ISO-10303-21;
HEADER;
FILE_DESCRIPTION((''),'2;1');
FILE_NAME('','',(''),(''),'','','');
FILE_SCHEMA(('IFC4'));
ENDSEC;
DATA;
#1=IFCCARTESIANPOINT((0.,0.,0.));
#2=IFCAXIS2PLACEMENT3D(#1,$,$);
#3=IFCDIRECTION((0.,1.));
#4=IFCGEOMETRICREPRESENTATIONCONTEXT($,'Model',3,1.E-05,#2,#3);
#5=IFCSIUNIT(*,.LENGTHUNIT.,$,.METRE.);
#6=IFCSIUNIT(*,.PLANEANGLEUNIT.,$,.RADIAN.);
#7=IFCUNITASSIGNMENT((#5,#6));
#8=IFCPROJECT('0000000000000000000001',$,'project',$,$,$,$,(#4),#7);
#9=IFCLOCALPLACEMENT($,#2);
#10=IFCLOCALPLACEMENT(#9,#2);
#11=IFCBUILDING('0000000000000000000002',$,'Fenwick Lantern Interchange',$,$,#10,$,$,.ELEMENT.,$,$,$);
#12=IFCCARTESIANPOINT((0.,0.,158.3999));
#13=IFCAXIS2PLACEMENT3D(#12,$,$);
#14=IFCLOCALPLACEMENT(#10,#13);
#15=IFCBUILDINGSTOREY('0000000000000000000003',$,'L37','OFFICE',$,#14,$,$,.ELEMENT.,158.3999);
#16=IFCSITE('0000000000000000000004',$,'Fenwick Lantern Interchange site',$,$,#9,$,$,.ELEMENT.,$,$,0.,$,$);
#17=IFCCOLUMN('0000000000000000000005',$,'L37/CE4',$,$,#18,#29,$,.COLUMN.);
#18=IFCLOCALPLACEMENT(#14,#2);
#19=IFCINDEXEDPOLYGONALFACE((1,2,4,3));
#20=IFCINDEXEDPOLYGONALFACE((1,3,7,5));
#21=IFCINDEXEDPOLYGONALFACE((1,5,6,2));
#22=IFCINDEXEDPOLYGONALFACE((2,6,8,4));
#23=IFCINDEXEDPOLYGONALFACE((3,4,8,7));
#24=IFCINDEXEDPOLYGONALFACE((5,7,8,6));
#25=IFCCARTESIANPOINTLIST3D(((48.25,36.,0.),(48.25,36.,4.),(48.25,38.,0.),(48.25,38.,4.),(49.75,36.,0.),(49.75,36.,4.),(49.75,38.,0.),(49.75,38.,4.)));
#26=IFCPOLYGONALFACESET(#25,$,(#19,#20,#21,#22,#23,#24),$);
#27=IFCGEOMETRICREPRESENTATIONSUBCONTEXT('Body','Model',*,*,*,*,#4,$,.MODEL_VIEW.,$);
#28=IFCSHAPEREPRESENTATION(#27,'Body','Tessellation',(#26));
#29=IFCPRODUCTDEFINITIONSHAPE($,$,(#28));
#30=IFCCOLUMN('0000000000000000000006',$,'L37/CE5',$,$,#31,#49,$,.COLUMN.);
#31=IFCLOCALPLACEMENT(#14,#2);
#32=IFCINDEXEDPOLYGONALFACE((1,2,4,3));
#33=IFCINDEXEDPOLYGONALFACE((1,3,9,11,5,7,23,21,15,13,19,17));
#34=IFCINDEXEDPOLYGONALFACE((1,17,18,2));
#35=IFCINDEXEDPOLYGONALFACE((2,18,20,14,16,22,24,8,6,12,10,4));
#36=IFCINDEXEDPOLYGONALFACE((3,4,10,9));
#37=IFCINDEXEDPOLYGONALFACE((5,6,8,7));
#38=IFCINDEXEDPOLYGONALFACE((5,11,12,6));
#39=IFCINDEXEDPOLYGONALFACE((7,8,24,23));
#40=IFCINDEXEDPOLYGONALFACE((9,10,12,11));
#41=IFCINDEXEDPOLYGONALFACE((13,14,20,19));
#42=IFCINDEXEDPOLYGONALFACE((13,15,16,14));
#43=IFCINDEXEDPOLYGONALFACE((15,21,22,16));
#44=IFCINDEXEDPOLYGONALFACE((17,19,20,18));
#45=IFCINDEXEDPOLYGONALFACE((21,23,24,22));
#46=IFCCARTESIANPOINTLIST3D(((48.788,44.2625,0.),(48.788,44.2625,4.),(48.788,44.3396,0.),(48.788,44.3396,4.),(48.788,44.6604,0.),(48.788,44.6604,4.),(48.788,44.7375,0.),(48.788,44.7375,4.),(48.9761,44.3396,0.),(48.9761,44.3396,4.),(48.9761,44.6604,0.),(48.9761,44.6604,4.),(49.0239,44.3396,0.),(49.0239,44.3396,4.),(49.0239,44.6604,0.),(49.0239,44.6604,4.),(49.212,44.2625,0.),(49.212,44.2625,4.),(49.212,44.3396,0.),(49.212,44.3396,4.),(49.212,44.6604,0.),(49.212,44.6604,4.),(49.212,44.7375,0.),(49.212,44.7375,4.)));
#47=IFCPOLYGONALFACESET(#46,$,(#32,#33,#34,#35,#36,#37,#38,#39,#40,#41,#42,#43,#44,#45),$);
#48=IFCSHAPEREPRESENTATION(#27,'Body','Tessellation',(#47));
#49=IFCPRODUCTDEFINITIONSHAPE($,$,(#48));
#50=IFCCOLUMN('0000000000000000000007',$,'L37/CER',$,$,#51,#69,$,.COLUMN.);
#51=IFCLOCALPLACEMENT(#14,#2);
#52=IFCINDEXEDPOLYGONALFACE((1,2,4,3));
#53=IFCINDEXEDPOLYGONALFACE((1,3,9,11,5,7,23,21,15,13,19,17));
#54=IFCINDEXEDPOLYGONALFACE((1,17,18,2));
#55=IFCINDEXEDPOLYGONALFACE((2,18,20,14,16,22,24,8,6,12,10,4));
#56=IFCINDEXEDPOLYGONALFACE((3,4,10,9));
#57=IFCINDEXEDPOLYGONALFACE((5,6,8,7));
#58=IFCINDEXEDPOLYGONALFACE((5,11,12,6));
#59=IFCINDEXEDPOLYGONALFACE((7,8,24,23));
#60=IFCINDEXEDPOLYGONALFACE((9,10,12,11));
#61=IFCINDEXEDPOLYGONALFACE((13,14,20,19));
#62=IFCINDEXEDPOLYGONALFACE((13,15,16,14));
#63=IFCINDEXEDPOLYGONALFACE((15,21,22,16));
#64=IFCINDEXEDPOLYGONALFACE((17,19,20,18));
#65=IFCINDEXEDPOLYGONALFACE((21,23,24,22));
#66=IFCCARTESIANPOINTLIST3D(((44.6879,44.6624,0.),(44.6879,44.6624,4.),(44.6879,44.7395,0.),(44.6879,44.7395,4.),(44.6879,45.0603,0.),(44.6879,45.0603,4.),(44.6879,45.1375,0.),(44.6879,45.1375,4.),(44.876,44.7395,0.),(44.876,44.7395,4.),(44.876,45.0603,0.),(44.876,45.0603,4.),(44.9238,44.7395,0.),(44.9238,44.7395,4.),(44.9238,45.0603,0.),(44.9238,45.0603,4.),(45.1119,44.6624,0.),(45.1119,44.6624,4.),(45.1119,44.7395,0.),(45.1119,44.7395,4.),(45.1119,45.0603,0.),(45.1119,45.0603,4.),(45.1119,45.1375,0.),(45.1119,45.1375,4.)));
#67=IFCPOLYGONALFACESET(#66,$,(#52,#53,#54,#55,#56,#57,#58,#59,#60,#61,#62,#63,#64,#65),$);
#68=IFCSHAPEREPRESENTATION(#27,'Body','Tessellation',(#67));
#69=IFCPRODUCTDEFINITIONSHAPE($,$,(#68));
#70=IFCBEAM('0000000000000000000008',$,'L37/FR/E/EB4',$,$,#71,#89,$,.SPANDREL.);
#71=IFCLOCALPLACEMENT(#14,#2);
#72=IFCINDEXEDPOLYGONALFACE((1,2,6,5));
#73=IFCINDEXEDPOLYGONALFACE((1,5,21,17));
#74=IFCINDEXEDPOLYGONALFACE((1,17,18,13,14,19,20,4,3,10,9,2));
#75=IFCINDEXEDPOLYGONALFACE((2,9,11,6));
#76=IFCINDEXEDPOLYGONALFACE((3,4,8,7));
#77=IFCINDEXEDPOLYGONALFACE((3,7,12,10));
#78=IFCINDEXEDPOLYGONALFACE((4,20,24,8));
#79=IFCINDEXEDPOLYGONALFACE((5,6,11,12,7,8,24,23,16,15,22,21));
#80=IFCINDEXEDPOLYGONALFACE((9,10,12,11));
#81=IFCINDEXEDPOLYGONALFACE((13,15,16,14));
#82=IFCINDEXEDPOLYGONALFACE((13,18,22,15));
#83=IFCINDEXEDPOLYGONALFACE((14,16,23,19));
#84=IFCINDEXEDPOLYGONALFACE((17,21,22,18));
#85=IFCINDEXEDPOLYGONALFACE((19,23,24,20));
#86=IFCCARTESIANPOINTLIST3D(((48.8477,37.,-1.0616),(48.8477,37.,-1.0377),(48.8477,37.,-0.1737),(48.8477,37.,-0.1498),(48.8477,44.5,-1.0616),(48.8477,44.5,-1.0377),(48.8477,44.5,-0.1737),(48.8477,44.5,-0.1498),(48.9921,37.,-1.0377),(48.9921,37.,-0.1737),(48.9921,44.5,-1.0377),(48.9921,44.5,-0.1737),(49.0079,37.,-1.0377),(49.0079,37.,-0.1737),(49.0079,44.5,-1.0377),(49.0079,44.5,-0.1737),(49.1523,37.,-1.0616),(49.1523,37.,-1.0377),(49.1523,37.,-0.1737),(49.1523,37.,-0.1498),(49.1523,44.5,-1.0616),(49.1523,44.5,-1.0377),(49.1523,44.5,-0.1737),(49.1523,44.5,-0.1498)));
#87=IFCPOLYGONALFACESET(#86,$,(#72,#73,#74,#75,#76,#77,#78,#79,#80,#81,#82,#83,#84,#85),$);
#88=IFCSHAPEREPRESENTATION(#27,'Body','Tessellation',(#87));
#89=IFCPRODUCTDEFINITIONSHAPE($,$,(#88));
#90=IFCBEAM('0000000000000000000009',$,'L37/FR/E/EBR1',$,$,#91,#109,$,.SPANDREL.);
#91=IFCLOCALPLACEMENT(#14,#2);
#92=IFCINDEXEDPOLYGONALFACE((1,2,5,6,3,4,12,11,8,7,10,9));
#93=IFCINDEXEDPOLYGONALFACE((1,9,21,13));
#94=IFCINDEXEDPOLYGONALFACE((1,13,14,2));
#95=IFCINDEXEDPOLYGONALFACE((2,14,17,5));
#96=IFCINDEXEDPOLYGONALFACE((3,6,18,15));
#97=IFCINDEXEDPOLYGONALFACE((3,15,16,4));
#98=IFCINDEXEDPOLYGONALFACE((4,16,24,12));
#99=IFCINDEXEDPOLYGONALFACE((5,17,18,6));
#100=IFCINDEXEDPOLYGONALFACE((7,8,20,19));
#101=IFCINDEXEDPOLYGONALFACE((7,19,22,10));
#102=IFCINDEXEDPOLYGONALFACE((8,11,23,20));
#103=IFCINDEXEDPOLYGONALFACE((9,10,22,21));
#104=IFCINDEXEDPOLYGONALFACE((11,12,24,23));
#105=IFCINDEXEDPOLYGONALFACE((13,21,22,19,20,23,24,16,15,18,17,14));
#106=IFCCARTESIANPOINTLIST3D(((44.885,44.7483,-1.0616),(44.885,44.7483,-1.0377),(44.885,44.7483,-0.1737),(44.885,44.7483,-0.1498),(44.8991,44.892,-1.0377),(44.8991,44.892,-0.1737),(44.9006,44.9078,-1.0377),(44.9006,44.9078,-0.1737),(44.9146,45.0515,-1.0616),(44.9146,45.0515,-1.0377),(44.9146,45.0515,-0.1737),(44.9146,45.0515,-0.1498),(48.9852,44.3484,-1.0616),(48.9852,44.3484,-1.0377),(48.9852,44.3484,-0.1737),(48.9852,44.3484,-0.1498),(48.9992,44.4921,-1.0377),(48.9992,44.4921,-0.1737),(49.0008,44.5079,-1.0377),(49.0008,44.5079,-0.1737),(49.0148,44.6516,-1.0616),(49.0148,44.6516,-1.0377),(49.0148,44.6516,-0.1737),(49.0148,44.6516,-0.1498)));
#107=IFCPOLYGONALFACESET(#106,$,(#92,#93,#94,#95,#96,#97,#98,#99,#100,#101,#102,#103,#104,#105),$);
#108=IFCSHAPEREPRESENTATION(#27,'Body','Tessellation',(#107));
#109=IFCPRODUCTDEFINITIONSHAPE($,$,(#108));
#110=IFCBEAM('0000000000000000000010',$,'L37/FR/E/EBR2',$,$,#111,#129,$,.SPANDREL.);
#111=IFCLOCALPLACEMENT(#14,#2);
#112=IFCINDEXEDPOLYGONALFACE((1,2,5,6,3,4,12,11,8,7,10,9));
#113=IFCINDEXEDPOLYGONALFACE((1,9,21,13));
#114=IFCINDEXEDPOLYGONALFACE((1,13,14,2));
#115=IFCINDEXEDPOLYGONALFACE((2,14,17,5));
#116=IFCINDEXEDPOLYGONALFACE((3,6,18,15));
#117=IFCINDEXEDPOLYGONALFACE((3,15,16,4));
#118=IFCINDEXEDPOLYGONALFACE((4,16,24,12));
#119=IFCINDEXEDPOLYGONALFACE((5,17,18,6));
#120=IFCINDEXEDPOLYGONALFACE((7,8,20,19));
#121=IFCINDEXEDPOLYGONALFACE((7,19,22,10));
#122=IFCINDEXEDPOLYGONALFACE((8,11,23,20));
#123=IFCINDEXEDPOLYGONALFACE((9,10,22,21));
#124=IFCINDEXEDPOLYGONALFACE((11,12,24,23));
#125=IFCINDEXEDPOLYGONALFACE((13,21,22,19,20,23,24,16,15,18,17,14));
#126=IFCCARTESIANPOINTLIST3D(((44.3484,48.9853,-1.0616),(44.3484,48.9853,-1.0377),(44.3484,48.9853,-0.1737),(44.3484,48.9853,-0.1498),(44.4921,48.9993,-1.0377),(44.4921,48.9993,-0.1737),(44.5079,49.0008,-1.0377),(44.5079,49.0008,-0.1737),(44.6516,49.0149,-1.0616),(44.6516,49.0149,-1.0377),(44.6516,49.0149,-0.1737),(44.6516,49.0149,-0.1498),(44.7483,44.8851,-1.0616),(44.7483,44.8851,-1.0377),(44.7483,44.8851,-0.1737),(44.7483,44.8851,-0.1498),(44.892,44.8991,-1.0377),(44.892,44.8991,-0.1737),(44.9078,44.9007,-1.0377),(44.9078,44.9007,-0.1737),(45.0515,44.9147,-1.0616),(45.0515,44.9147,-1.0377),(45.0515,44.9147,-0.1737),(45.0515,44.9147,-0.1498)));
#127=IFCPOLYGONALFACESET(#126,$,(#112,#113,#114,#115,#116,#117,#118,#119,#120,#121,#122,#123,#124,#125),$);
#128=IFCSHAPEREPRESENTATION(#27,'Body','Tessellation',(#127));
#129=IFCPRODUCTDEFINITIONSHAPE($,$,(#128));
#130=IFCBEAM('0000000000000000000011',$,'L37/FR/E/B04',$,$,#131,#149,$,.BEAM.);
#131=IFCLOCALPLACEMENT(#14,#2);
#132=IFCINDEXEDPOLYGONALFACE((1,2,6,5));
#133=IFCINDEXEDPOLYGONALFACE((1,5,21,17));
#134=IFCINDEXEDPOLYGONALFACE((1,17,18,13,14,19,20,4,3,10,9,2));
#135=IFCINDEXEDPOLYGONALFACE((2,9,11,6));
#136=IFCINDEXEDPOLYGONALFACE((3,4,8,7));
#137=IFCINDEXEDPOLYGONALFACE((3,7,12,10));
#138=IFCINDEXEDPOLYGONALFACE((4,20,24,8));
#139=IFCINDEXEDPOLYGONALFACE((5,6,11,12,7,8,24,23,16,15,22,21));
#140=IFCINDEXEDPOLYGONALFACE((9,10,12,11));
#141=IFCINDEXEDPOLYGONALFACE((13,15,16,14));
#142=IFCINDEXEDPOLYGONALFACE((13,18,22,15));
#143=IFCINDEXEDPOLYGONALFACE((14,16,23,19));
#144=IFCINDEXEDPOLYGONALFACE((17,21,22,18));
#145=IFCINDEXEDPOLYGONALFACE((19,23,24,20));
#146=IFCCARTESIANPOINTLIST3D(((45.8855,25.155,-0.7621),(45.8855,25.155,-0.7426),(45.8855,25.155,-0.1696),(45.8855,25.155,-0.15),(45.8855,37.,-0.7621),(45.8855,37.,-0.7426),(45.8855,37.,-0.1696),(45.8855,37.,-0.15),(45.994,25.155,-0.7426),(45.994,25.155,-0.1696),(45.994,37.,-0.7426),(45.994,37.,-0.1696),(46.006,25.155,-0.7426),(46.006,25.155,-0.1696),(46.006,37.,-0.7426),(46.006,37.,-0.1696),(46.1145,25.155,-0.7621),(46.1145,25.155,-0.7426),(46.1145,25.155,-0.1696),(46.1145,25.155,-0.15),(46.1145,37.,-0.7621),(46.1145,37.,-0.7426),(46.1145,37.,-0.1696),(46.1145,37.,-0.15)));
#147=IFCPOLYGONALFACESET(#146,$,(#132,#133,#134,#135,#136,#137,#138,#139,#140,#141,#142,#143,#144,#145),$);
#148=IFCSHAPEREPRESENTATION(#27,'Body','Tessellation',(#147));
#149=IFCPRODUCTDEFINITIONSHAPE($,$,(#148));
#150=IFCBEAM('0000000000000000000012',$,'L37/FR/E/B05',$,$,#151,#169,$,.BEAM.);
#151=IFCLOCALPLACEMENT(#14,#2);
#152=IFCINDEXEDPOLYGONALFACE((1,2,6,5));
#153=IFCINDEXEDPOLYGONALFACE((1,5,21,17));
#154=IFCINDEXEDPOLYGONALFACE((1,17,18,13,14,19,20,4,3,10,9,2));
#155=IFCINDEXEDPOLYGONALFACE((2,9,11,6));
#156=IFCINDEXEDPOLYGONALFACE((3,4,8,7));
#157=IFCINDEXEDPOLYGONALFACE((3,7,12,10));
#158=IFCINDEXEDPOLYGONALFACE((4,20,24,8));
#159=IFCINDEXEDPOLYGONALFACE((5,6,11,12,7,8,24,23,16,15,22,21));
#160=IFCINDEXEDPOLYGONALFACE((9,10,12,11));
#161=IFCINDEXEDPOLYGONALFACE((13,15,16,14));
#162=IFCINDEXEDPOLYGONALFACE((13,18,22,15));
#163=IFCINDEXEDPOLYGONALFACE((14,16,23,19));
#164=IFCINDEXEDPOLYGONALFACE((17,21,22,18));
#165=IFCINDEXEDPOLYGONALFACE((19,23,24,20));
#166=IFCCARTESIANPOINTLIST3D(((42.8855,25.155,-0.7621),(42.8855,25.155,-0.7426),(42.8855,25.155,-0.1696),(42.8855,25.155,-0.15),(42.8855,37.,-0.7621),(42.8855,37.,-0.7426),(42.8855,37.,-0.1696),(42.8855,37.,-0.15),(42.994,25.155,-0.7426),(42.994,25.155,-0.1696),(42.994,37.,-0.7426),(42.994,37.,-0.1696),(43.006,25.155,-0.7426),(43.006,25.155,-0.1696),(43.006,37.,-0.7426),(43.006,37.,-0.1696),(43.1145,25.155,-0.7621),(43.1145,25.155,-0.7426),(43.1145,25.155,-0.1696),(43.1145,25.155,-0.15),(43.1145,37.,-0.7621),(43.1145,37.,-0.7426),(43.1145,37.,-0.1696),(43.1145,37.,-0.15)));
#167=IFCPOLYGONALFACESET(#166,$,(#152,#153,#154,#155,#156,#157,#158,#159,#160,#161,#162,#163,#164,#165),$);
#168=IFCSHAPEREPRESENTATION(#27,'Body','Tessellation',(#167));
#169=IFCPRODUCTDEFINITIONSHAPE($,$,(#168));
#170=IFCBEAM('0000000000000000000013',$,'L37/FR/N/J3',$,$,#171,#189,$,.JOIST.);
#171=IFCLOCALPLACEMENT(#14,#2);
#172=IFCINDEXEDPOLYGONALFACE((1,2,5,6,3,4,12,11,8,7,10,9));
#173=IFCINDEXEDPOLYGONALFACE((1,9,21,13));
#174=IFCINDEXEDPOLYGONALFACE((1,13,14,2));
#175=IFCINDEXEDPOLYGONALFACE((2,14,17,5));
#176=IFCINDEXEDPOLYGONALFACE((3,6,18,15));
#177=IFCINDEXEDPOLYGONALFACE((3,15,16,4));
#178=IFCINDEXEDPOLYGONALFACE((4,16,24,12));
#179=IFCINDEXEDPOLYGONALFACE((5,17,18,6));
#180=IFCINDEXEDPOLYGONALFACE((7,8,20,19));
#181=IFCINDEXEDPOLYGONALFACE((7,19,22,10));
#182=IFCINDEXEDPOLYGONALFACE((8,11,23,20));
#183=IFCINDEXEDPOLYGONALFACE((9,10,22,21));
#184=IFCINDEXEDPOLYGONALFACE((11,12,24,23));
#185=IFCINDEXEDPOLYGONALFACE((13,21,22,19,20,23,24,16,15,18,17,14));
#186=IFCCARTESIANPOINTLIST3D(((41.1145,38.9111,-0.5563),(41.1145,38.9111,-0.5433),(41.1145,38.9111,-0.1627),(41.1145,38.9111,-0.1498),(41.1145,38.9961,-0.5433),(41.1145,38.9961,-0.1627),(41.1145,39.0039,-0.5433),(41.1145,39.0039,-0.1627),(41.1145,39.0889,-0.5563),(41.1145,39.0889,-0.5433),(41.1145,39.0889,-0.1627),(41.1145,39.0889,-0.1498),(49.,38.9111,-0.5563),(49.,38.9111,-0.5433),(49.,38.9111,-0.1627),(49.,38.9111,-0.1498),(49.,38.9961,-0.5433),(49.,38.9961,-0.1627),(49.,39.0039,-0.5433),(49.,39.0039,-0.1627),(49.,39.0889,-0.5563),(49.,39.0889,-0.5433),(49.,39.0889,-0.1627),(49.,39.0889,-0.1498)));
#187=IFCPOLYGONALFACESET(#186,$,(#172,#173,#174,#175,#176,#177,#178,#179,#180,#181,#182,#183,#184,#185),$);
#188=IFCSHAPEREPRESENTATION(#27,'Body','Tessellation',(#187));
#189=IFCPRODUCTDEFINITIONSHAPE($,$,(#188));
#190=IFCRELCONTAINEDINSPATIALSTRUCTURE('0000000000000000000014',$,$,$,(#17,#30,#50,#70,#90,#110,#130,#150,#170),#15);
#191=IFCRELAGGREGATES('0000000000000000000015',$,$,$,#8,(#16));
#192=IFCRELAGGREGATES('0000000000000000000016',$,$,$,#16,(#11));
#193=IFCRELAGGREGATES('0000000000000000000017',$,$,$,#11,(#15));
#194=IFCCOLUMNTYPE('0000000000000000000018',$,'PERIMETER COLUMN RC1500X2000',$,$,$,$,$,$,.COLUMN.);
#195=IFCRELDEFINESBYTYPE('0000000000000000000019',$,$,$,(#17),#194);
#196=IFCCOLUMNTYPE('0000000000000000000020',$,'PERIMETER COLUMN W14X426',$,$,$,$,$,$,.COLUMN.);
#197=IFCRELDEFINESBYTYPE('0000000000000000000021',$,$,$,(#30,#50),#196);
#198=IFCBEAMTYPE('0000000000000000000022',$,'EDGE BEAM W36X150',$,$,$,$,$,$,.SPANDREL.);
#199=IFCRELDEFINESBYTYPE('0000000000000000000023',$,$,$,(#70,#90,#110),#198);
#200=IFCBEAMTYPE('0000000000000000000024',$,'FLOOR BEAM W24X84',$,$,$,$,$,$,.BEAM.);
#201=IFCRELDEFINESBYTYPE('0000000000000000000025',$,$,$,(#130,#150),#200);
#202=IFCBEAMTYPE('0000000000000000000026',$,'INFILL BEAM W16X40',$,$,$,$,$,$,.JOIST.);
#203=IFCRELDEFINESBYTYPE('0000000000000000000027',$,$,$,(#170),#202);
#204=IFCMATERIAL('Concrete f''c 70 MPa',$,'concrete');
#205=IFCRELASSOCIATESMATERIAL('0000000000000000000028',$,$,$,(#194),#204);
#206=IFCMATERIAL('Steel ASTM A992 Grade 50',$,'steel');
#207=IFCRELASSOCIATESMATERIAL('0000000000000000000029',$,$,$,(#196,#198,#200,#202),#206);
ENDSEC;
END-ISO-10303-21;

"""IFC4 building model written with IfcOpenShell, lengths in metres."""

from ifc_helpers import new_model, si_unit, direction, frame, origin, origin_2d, place, context, subcontext, project, spatial, rectangle, i_section, extrude, material, material_profile, profile_set, type_object, element, save


model = new_model("IFC4")

# Units and contexts
model_context = context("Model", 3, precision=1e-05, world=origin(), true_north=direction((0.0, 1.0)))
body_context = subcontext(model_context, "Body", "Model", "MODEL_VIEW")
ifc_project = project(units=[si_unit("LENGTHUNIT", "METRE"), si_unit("PLANEANGLEUNIT", "RADIAN")], contexts=[model_context])

# Site, building, storey
site_placement = place(None, origin())
site = spatial("IfcSite", under=ifc_project, at=site_placement, Name="Fenwick Lantern Interchange site", CompositionType="ELEMENT", RefElevation=0.0)
building_placement = place(site_placement, origin())
building = spatial("IfcBuilding", under=site, at=building_placement, Name="Fenwick Lantern Interchange", CompositionType="ELEMENT")
storey_placement = place(building_placement, frame((0.0, 0.0, 158.3999)))
storey = spatial("IfcBuildingStorey", under=building, at=storey_placement, Name="L37", Description="OFFICE", CompositionType="ELEMENT", Elevation=158.3999)

# Columns
ifc_material_1 = material(Name="Concrete f'c 70 MPa", Category="concrete")
ifc_material_profile_1 = material_profile(ifc_material_1, rectangle(XDim=1.5, YDim=2.0, at=origin_2d()), Name="RC1500X2000")
ifc_profile_set_1 = profile_set([ifc_material_profile_1], Name="Concrete f'c 70 MPa")
column_type_1 = type_object("IfcColumnType", Name="PERIMETER COLUMN RC1500X2000", PredefinedType="COLUMN", material=ifc_profile_set_1)
column_placement = place(storey_placement, frame((49.0, 37.0, 0.0), z_axis=(0.0, 0.0, 1.0), x_axis=(1.0, 0.0, 0.0)))
element("IfcColumn", 1, at=column_placement, inside=storey, type_object=column_type_1, Name="L37/CE4", PredefinedType="COLUMN", context=body_context, shape_type="SweptSolid", body=[
    extrude(rectangle(XDim=1.5, YDim=2.0, at=origin_2d()), origin(), (0.0, 0.0, 1.0), 4.0),
])
ifc_material_2 = material(Name="Steel ASTM A992 Grade 50", Category="steel")
ifc_material_profile_2 = material_profile(ifc_material_2, i_section(OverallWidth=0.4241, OverallDepth=0.4751, WebThickness=0.0479, FlangeThickness=0.0771, at=origin_2d()), Name="W14X426")
ifc_profile_set_2 = profile_set([ifc_material_profile_2], Name="Steel ASTM A992 Grade 50")
column_type_2 = type_object("IfcColumnType", Name="PERIMETER COLUMN W14X426", PredefinedType="COLUMN", material=ifc_profile_set_2)
for number, where, z_axis, x_axis, name in (
    (2, (49.0, 44.5, 0.0), (0.0, 0.0, 1.0), (1.0, 0.0, 0.0), "L37/CE5"),
    (3, (44.8999, 44.8999, 0.0), (0.0, 0.0, 1.0), (1.0, 0.0, 0.0), "L37/CER"),
):
    element("IfcColumn", number, at=place(storey_placement, frame(where, z_axis=z_axis, x_axis=x_axis)), inside=storey, type_object=column_type_2, Name=name, PredefinedType="COLUMN", context=body_context, shape_type="SweptSolid", body=[
        extrude(i_section(OverallWidth=0.4241, OverallDepth=0.4751, WebThickness=0.0479, FlangeThickness=0.0771, at=origin_2d()), origin(), (0.0, 0.0, 1.0), 4.0),
    ])

# Beams
ifc_material_profile_3 = material_profile(ifc_material_2, i_section(OverallWidth=0.3047, OverallDepth=0.9119, WebThickness=0.0159, FlangeThickness=0.0239, at=origin_2d()), Name="W36X150")
ifc_profile_set_3 = profile_set([ifc_material_profile_3], Name="Steel ASTM A992 Grade 50")
beam_type_1 = type_object("IfcBeamType", Name="EDGE BEAM W36X150", PredefinedType="SPANDREL", material=ifc_profile_set_3)
beam_1_placement = place(storey_placement, frame((49.0, 37.0, -0.6057), z_axis=(0.0, 1.0, 0.0), x_axis=(-1.0, 0.0, 0.0)))
element("IfcBeam", 4, at=beam_1_placement, inside=storey, type_object=beam_type_1, Name="L37/FR/E/EB4", PredefinedType="SPANDREL", context=body_context, shape_type="SweptSolid", body=[
    extrude(i_section(OverallWidth=0.3047, OverallDepth=0.9119, WebThickness=0.0159, FlangeThickness=0.0239, at=origin_2d()), origin(), (0.0, 0.0, 1.0), 7.5),
])
for number, where, z_axis, x_axis, name in (
    (5, (49.0, 44.5, -0.6057), (-0.995277, 0.097074, 0.0), (-0.097074, -0.995277, 0.0), "L37/FR/E/EBR1"),
    (6, (44.8999, 44.8999, -0.6057), (-0.097074, 0.995277, 0.0), (-0.995277, -0.097074, 0.0), "L37/FR/E/EBR2"),
):
    element("IfcBeam", number, at=place(storey_placement, frame(where, z_axis=z_axis, x_axis=x_axis)), inside=storey, type_object=beam_type_1, Name=name, PredefinedType="SPANDREL", context=body_context, shape_type="SweptSolid", body=[
        extrude(i_section(OverallWidth=0.3047, OverallDepth=0.9119, WebThickness=0.0159, FlangeThickness=0.0239, at=origin_2d()), origin(), (0.0, 0.0, 1.0), 4.1196),
    ])
ifc_material_profile_4 = material_profile(ifc_material_2, i_section(OverallWidth=0.229, OverallDepth=0.6121, WebThickness=0.012, FlangeThickness=0.0195, at=origin_2d()), Name="W24X84")
ifc_profile_set_4 = profile_set([ifc_material_profile_4], Name="Steel ASTM A992 Grade 50")
beam_type_2 = type_object("IfcBeamType", Name="FLOOR BEAM W24X84", PredefinedType="BEAM", material=ifc_profile_set_4)
for number, where, z_axis, x_axis, name in (
    (7, (46.0, 25.155, -0.4561), (0.0, 1.0, 0.0), (-1.0, 0.0, 0.0), "L37/FR/E/B04"),
    (8, (43.0, 25.155, -0.4561), (0.0, 1.0, 0.0), (-1.0, 0.0, 0.0), "L37/FR/E/B05"),
):
    element("IfcBeam", number, at=place(storey_placement, frame(where, z_axis=z_axis, x_axis=x_axis)), inside=storey, type_object=beam_type_2, Name=name, PredefinedType="BEAM", context=body_context, shape_type="SweptSolid", body=[
        extrude(i_section(OverallWidth=0.229, OverallDepth=0.6121, WebThickness=0.012, FlangeThickness=0.0195, at=origin_2d()), origin(), (0.0, 0.0, 1.0), 11.845),
    ])
ifc_material_profile_5 = material_profile(ifc_material_2, i_section(OverallWidth=0.1777, OverallDepth=0.4065, WebThickness=0.0078, FlangeThickness=0.0129, at=origin_2d()), Name="W16X40")
ifc_profile_set_5 = profile_set([ifc_material_profile_5], Name="Steel ASTM A992 Grade 50")
beam_type_3 = type_object("IfcBeamType", Name="INFILL BEAM W16X40", PredefinedType="JOIST", material=ifc_profile_set_5)
beam_2_placement = place(storey_placement, frame((49.0, 39.0, -0.353), z_axis=(-1.0, 0.0, 0.0), x_axis=(0.0, -1.0, 0.0)))
element("IfcBeam", 9, at=beam_2_placement, inside=storey, type_object=beam_type_3, Name="L37/FR/N/J3", PredefinedType="JOIST", context=body_context, shape_type="SweptSolid", body=[
    extrude(i_section(OverallWidth=0.1777, OverallDepth=0.4065, WebThickness=0.0078, FlangeThickness=0.0129, at=origin_2d()), origin(), (0.0, 0.0, 1.0), 7.8855),
])

save(model, "model.ifc")
